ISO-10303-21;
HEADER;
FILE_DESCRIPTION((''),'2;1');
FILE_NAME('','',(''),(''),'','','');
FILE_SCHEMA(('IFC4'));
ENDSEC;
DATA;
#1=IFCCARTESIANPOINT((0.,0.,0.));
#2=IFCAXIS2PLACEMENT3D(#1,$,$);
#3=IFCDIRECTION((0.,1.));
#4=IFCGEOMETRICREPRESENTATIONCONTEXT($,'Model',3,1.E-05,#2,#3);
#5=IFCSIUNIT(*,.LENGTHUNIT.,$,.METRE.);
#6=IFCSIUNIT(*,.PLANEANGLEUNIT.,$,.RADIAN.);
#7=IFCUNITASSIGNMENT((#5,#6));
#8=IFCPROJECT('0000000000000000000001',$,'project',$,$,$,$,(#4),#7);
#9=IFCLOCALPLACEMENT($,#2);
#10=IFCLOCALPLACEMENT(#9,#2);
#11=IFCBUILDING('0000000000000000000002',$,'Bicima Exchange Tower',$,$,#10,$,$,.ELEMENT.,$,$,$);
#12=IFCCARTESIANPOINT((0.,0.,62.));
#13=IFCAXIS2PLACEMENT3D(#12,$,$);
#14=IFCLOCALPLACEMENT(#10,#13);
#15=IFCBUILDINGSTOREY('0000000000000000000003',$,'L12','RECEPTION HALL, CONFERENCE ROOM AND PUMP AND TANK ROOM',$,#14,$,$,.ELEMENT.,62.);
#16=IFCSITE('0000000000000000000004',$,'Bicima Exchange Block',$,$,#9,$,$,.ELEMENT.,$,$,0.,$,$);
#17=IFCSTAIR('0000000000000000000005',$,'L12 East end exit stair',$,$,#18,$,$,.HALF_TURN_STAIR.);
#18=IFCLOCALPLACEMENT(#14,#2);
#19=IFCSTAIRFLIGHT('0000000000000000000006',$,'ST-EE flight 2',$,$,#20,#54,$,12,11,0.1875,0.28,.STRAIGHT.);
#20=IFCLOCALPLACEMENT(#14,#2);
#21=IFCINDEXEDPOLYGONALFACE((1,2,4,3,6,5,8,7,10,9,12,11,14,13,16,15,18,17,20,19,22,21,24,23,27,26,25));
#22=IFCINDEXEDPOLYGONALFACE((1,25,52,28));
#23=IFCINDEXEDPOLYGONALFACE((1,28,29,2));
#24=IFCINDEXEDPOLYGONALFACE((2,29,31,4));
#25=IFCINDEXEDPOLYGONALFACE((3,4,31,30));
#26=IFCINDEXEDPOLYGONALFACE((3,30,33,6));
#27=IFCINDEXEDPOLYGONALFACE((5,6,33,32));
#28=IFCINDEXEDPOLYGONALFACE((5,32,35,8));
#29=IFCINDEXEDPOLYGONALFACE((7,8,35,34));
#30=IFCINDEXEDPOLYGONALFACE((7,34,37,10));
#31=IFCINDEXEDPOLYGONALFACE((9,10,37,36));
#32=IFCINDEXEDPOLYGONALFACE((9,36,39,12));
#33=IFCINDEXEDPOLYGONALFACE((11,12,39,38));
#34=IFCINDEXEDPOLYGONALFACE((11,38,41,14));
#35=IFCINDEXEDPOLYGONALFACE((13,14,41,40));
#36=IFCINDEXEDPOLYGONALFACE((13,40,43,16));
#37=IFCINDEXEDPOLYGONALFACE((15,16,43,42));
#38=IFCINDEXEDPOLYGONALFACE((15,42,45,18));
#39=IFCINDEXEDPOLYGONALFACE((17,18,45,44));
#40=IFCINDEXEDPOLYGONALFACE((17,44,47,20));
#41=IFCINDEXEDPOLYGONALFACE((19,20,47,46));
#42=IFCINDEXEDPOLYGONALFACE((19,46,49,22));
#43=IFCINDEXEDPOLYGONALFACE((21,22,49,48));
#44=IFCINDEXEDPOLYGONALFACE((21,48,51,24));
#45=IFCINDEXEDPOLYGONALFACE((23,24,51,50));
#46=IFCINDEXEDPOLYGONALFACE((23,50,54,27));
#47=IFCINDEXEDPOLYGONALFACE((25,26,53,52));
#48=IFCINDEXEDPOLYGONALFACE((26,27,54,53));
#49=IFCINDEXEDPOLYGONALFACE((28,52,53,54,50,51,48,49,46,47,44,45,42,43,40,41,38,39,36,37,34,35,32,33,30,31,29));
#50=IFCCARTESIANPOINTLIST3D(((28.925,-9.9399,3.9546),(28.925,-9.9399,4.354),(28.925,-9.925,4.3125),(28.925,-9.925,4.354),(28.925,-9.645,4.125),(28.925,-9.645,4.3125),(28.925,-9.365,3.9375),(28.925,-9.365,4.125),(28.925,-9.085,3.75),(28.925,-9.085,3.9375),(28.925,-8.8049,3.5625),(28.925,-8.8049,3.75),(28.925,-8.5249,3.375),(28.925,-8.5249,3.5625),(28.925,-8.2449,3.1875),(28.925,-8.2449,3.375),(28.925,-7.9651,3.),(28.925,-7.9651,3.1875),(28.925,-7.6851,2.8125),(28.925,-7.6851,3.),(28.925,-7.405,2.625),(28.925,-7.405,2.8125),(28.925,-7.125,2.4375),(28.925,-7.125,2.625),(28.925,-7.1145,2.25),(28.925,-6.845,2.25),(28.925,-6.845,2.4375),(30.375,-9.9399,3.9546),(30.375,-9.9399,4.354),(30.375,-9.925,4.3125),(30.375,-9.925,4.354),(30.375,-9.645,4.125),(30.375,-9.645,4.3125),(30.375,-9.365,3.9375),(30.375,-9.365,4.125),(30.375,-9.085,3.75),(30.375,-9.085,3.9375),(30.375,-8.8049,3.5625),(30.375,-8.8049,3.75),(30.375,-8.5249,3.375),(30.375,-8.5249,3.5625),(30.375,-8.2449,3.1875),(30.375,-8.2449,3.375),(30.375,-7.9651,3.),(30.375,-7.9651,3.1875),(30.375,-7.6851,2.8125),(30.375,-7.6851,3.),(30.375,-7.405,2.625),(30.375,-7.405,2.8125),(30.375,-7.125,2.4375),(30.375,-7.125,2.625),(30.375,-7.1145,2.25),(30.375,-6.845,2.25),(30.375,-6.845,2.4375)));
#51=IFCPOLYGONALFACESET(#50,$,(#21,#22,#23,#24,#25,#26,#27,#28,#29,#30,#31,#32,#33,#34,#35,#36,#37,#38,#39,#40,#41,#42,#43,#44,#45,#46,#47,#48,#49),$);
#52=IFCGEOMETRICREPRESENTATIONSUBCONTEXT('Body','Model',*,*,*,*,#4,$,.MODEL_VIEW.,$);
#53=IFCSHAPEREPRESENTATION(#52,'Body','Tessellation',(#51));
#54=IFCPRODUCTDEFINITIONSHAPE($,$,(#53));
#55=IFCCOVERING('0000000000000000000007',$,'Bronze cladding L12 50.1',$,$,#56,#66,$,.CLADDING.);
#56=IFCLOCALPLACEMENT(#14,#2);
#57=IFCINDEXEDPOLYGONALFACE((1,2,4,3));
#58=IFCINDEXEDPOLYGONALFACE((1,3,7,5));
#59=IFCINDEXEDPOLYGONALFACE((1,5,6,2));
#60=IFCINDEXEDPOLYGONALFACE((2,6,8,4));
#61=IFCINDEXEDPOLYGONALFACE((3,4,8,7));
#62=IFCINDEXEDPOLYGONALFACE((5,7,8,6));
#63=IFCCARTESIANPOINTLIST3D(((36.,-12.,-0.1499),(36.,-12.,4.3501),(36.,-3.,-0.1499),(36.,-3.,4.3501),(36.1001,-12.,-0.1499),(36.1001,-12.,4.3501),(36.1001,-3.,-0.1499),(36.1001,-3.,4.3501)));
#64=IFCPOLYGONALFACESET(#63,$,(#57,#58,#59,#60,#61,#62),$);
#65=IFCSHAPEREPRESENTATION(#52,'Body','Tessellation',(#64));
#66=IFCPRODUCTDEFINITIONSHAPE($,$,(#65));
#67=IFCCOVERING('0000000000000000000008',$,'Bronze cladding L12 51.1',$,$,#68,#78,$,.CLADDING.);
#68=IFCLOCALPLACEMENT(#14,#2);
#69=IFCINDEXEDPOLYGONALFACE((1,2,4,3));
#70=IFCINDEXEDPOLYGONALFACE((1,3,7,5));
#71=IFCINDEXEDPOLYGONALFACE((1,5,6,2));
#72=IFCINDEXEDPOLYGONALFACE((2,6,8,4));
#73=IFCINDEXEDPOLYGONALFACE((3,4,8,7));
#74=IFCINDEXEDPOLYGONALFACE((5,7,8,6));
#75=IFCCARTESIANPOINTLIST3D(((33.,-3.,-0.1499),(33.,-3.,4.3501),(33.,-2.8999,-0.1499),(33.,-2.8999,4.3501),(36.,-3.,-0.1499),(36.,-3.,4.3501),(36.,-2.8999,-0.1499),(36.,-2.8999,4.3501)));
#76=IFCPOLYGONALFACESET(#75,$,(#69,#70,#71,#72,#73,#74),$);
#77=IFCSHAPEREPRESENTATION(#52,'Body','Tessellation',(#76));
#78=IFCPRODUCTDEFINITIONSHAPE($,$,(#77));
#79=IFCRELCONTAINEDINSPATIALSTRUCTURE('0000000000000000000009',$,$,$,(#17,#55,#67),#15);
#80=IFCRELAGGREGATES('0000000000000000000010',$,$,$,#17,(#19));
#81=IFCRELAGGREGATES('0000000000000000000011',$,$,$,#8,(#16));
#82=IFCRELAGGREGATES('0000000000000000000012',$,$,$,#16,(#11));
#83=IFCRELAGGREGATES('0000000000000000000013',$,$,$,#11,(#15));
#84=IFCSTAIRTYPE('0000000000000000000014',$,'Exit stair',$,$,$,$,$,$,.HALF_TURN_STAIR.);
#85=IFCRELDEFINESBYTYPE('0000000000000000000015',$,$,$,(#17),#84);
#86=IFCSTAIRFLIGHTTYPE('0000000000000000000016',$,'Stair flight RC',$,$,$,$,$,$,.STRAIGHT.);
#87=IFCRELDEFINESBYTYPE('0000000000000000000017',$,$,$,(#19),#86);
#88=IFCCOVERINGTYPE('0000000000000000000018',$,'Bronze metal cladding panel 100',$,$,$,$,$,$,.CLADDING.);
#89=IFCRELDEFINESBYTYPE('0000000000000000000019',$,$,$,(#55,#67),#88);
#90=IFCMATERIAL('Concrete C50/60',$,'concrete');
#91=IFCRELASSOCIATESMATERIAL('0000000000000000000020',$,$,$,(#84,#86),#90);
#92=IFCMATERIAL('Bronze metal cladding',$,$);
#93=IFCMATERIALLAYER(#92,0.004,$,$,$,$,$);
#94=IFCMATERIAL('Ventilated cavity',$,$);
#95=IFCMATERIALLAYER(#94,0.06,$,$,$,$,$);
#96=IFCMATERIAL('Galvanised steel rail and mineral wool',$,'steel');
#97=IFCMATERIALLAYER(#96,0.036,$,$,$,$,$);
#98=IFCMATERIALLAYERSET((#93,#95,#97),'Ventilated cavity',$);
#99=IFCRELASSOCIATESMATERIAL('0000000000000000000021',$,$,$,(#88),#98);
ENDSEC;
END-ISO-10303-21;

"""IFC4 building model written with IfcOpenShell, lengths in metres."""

from ifc_helpers import new_model, si_unit, direction, frame, origin, origin_2d, place, context, subcontext, project, spatial, polyline, rectangle, outline, extrude, material, layer, layer_set, type_object, element, aggregate, save


model = new_model("IFC4")

# Units and contexts
model_context = context("Model", 3, precision=1e-05, world=origin(), true_north=direction((0.0, 1.0)))
body_context = subcontext(model_context, "Body", "Model", "MODEL_VIEW")
ifc_project = project(units=[si_unit("LENGTHUNIT", "METRE"), si_unit("PLANEANGLEUNIT", "RADIAN")], contexts=[model_context])

# Site, building, storey
site_placement = place(None, origin())
site = spatial("IfcSite", under=ifc_project, at=site_placement, Name="Bicima Exchange Block", CompositionType="ELEMENT", RefElevation=0.0)
building_placement = place(site_placement, origin())
building = spatial("IfcBuilding", under=site, at=building_placement, Name="Bicima Exchange Tower", CompositionType="ELEMENT")
storey_placement = place(building_placement, frame((0.0, 0.0, 62.0)))
storey = spatial("IfcBuildingStorey", under=building, at=storey_placement, Name="L12", Description="RECEPTION HALL, CONFERENCE ROOM AND PUMP AND TANK ROOM", CompositionType="ELEMENT", Elevation=62.0)

# Shared definitions
ifc_material_1 = material(Name="Concrete C50/60", Category="concrete")

# Stair, stair flight
stair_type = type_object("IfcStairType", Name="Exit stair", PredefinedType="HALF_TURN_STAIR", material=ifc_material_1)
stair_placement = place(storey_placement, origin())
stair = element("IfcStair", 1, at=stair_placement, inside=storey, type_object=stair_type, Name="L12 East end exit stair", PredefinedType="HALF_TURN_STAIR")
stair_flight_type = type_object("IfcStairFlightType", Name="Stair flight RC", PredefinedType="STRAIGHT", material=ifc_material_1)
stair_flight_1_placement = place(storey_placement, frame((29.6499, -6.845, 2.25), z_axis=(0.0, 0.0, 1.0), x_axis=(0.0, -1.0, 0.0)))
stair_flight_1 = element("IfcStairFlight", 2, at=stair_flight_1_placement, type_object=stair_flight_type, Name="ST-EE flight 2", NumberOfRisers=12, NumberOfTreads=11, PredefinedType="STRAIGHT", RiserHeight=0.1875, TreadLength=0.28, context=body_context, shape_type="SweptSolid", body=[
    extrude(outline(polyline([(0.0, 0.0), (0.0, 0.1875), (0.28, 0.1875), (0.28, 0.375), (0.5601, 0.375), (0.5601, 0.5625), (0.8401, 0.5625), (0.8401, 0.75), (1.1201, 0.75), (1.1201, 0.9375), (1.3999, 0.9375), (1.3999, 1.125), (1.6799, 1.125), (1.6799, 1.3125), (1.96, 1.3125), (1.96, 1.5), (2.24, 1.5), (2.24, 1.6875), (2.52, 1.6875), (2.52, 1.875), (2.8, 1.875), (2.8, 2.0625), (3.0801, 2.0625), (3.0801, 2.104), (3.095, 2.104), (3.095, 1.7046), (0.2695, 0.0), (0.0, 0.0)])), frame((0.0, 0.7251, 0.0), z_axis=(0.0, -1.0, 0.0), x_axis=(1.0, 0.0, 0.0)), (0.0, 0.0, 1.0), 1.45),
])
aggregate(stair, [stair_flight_1])

# Coverings
ifc_material_2 = material(Name="Bronze metal cladding")
ifc_layer_1 = layer(ifc_material_2, 0.004)
ifc_material_3 = material(Name="Ventilated cavity")
ifc_layer_2 = layer(ifc_material_3, 0.06)
ifc_material_4 = material(Name="Galvanised steel rail and mineral wool", Category="steel")
ifc_layer_3 = layer(ifc_material_4, 0.036)
ifc_layer_set_1 = layer_set([ifc_layer_1, ifc_layer_2, ifc_layer_3], Name="Ventilated cavity")
covering_type = type_object("IfcCoveringType", Name="Bronze metal cladding panel 100", PredefinedType="CLADDING", material=ifc_layer_set_1)
covering_1_placement = place(storey_placement, frame((36.05, -7.5, -0.1499), z_axis=(0.0, 0.0, 1.0), x_axis=(0.0, 1.0, 0.0)))
element("IfcCovering", 3, at=covering_1_placement, inside=storey, type_object=covering_type, Name="Bronze cladding L12 50.1", PredefinedType="CLADDING", context=body_context, shape_type="SweptSolid", body=[
    extrude(rectangle(XDim=9.0, YDim=0.1001, at=origin_2d()), origin(), (0.0, 0.0, 1.0), 4.5),
])
covering_2_placement = place(storey_placement, frame((34.5, -2.95, -0.1499), z_axis=(0.0, 0.0, 1.0), x_axis=(-1.0, 0.0, 0.0)))
element("IfcCovering", 4, at=covering_2_placement, inside=storey, type_object=covering_type, Name="Bronze cladding L12 51.1", PredefinedType="CLADDING", context=body_context, shape_type="SweptSolid", body=[
    extrude(rectangle(XDim=3.0, YDim=0.1001, at=origin_2d()), origin(), (0.0, 0.0, 1.0), 4.5),
])

save(model, "model.ifc")
